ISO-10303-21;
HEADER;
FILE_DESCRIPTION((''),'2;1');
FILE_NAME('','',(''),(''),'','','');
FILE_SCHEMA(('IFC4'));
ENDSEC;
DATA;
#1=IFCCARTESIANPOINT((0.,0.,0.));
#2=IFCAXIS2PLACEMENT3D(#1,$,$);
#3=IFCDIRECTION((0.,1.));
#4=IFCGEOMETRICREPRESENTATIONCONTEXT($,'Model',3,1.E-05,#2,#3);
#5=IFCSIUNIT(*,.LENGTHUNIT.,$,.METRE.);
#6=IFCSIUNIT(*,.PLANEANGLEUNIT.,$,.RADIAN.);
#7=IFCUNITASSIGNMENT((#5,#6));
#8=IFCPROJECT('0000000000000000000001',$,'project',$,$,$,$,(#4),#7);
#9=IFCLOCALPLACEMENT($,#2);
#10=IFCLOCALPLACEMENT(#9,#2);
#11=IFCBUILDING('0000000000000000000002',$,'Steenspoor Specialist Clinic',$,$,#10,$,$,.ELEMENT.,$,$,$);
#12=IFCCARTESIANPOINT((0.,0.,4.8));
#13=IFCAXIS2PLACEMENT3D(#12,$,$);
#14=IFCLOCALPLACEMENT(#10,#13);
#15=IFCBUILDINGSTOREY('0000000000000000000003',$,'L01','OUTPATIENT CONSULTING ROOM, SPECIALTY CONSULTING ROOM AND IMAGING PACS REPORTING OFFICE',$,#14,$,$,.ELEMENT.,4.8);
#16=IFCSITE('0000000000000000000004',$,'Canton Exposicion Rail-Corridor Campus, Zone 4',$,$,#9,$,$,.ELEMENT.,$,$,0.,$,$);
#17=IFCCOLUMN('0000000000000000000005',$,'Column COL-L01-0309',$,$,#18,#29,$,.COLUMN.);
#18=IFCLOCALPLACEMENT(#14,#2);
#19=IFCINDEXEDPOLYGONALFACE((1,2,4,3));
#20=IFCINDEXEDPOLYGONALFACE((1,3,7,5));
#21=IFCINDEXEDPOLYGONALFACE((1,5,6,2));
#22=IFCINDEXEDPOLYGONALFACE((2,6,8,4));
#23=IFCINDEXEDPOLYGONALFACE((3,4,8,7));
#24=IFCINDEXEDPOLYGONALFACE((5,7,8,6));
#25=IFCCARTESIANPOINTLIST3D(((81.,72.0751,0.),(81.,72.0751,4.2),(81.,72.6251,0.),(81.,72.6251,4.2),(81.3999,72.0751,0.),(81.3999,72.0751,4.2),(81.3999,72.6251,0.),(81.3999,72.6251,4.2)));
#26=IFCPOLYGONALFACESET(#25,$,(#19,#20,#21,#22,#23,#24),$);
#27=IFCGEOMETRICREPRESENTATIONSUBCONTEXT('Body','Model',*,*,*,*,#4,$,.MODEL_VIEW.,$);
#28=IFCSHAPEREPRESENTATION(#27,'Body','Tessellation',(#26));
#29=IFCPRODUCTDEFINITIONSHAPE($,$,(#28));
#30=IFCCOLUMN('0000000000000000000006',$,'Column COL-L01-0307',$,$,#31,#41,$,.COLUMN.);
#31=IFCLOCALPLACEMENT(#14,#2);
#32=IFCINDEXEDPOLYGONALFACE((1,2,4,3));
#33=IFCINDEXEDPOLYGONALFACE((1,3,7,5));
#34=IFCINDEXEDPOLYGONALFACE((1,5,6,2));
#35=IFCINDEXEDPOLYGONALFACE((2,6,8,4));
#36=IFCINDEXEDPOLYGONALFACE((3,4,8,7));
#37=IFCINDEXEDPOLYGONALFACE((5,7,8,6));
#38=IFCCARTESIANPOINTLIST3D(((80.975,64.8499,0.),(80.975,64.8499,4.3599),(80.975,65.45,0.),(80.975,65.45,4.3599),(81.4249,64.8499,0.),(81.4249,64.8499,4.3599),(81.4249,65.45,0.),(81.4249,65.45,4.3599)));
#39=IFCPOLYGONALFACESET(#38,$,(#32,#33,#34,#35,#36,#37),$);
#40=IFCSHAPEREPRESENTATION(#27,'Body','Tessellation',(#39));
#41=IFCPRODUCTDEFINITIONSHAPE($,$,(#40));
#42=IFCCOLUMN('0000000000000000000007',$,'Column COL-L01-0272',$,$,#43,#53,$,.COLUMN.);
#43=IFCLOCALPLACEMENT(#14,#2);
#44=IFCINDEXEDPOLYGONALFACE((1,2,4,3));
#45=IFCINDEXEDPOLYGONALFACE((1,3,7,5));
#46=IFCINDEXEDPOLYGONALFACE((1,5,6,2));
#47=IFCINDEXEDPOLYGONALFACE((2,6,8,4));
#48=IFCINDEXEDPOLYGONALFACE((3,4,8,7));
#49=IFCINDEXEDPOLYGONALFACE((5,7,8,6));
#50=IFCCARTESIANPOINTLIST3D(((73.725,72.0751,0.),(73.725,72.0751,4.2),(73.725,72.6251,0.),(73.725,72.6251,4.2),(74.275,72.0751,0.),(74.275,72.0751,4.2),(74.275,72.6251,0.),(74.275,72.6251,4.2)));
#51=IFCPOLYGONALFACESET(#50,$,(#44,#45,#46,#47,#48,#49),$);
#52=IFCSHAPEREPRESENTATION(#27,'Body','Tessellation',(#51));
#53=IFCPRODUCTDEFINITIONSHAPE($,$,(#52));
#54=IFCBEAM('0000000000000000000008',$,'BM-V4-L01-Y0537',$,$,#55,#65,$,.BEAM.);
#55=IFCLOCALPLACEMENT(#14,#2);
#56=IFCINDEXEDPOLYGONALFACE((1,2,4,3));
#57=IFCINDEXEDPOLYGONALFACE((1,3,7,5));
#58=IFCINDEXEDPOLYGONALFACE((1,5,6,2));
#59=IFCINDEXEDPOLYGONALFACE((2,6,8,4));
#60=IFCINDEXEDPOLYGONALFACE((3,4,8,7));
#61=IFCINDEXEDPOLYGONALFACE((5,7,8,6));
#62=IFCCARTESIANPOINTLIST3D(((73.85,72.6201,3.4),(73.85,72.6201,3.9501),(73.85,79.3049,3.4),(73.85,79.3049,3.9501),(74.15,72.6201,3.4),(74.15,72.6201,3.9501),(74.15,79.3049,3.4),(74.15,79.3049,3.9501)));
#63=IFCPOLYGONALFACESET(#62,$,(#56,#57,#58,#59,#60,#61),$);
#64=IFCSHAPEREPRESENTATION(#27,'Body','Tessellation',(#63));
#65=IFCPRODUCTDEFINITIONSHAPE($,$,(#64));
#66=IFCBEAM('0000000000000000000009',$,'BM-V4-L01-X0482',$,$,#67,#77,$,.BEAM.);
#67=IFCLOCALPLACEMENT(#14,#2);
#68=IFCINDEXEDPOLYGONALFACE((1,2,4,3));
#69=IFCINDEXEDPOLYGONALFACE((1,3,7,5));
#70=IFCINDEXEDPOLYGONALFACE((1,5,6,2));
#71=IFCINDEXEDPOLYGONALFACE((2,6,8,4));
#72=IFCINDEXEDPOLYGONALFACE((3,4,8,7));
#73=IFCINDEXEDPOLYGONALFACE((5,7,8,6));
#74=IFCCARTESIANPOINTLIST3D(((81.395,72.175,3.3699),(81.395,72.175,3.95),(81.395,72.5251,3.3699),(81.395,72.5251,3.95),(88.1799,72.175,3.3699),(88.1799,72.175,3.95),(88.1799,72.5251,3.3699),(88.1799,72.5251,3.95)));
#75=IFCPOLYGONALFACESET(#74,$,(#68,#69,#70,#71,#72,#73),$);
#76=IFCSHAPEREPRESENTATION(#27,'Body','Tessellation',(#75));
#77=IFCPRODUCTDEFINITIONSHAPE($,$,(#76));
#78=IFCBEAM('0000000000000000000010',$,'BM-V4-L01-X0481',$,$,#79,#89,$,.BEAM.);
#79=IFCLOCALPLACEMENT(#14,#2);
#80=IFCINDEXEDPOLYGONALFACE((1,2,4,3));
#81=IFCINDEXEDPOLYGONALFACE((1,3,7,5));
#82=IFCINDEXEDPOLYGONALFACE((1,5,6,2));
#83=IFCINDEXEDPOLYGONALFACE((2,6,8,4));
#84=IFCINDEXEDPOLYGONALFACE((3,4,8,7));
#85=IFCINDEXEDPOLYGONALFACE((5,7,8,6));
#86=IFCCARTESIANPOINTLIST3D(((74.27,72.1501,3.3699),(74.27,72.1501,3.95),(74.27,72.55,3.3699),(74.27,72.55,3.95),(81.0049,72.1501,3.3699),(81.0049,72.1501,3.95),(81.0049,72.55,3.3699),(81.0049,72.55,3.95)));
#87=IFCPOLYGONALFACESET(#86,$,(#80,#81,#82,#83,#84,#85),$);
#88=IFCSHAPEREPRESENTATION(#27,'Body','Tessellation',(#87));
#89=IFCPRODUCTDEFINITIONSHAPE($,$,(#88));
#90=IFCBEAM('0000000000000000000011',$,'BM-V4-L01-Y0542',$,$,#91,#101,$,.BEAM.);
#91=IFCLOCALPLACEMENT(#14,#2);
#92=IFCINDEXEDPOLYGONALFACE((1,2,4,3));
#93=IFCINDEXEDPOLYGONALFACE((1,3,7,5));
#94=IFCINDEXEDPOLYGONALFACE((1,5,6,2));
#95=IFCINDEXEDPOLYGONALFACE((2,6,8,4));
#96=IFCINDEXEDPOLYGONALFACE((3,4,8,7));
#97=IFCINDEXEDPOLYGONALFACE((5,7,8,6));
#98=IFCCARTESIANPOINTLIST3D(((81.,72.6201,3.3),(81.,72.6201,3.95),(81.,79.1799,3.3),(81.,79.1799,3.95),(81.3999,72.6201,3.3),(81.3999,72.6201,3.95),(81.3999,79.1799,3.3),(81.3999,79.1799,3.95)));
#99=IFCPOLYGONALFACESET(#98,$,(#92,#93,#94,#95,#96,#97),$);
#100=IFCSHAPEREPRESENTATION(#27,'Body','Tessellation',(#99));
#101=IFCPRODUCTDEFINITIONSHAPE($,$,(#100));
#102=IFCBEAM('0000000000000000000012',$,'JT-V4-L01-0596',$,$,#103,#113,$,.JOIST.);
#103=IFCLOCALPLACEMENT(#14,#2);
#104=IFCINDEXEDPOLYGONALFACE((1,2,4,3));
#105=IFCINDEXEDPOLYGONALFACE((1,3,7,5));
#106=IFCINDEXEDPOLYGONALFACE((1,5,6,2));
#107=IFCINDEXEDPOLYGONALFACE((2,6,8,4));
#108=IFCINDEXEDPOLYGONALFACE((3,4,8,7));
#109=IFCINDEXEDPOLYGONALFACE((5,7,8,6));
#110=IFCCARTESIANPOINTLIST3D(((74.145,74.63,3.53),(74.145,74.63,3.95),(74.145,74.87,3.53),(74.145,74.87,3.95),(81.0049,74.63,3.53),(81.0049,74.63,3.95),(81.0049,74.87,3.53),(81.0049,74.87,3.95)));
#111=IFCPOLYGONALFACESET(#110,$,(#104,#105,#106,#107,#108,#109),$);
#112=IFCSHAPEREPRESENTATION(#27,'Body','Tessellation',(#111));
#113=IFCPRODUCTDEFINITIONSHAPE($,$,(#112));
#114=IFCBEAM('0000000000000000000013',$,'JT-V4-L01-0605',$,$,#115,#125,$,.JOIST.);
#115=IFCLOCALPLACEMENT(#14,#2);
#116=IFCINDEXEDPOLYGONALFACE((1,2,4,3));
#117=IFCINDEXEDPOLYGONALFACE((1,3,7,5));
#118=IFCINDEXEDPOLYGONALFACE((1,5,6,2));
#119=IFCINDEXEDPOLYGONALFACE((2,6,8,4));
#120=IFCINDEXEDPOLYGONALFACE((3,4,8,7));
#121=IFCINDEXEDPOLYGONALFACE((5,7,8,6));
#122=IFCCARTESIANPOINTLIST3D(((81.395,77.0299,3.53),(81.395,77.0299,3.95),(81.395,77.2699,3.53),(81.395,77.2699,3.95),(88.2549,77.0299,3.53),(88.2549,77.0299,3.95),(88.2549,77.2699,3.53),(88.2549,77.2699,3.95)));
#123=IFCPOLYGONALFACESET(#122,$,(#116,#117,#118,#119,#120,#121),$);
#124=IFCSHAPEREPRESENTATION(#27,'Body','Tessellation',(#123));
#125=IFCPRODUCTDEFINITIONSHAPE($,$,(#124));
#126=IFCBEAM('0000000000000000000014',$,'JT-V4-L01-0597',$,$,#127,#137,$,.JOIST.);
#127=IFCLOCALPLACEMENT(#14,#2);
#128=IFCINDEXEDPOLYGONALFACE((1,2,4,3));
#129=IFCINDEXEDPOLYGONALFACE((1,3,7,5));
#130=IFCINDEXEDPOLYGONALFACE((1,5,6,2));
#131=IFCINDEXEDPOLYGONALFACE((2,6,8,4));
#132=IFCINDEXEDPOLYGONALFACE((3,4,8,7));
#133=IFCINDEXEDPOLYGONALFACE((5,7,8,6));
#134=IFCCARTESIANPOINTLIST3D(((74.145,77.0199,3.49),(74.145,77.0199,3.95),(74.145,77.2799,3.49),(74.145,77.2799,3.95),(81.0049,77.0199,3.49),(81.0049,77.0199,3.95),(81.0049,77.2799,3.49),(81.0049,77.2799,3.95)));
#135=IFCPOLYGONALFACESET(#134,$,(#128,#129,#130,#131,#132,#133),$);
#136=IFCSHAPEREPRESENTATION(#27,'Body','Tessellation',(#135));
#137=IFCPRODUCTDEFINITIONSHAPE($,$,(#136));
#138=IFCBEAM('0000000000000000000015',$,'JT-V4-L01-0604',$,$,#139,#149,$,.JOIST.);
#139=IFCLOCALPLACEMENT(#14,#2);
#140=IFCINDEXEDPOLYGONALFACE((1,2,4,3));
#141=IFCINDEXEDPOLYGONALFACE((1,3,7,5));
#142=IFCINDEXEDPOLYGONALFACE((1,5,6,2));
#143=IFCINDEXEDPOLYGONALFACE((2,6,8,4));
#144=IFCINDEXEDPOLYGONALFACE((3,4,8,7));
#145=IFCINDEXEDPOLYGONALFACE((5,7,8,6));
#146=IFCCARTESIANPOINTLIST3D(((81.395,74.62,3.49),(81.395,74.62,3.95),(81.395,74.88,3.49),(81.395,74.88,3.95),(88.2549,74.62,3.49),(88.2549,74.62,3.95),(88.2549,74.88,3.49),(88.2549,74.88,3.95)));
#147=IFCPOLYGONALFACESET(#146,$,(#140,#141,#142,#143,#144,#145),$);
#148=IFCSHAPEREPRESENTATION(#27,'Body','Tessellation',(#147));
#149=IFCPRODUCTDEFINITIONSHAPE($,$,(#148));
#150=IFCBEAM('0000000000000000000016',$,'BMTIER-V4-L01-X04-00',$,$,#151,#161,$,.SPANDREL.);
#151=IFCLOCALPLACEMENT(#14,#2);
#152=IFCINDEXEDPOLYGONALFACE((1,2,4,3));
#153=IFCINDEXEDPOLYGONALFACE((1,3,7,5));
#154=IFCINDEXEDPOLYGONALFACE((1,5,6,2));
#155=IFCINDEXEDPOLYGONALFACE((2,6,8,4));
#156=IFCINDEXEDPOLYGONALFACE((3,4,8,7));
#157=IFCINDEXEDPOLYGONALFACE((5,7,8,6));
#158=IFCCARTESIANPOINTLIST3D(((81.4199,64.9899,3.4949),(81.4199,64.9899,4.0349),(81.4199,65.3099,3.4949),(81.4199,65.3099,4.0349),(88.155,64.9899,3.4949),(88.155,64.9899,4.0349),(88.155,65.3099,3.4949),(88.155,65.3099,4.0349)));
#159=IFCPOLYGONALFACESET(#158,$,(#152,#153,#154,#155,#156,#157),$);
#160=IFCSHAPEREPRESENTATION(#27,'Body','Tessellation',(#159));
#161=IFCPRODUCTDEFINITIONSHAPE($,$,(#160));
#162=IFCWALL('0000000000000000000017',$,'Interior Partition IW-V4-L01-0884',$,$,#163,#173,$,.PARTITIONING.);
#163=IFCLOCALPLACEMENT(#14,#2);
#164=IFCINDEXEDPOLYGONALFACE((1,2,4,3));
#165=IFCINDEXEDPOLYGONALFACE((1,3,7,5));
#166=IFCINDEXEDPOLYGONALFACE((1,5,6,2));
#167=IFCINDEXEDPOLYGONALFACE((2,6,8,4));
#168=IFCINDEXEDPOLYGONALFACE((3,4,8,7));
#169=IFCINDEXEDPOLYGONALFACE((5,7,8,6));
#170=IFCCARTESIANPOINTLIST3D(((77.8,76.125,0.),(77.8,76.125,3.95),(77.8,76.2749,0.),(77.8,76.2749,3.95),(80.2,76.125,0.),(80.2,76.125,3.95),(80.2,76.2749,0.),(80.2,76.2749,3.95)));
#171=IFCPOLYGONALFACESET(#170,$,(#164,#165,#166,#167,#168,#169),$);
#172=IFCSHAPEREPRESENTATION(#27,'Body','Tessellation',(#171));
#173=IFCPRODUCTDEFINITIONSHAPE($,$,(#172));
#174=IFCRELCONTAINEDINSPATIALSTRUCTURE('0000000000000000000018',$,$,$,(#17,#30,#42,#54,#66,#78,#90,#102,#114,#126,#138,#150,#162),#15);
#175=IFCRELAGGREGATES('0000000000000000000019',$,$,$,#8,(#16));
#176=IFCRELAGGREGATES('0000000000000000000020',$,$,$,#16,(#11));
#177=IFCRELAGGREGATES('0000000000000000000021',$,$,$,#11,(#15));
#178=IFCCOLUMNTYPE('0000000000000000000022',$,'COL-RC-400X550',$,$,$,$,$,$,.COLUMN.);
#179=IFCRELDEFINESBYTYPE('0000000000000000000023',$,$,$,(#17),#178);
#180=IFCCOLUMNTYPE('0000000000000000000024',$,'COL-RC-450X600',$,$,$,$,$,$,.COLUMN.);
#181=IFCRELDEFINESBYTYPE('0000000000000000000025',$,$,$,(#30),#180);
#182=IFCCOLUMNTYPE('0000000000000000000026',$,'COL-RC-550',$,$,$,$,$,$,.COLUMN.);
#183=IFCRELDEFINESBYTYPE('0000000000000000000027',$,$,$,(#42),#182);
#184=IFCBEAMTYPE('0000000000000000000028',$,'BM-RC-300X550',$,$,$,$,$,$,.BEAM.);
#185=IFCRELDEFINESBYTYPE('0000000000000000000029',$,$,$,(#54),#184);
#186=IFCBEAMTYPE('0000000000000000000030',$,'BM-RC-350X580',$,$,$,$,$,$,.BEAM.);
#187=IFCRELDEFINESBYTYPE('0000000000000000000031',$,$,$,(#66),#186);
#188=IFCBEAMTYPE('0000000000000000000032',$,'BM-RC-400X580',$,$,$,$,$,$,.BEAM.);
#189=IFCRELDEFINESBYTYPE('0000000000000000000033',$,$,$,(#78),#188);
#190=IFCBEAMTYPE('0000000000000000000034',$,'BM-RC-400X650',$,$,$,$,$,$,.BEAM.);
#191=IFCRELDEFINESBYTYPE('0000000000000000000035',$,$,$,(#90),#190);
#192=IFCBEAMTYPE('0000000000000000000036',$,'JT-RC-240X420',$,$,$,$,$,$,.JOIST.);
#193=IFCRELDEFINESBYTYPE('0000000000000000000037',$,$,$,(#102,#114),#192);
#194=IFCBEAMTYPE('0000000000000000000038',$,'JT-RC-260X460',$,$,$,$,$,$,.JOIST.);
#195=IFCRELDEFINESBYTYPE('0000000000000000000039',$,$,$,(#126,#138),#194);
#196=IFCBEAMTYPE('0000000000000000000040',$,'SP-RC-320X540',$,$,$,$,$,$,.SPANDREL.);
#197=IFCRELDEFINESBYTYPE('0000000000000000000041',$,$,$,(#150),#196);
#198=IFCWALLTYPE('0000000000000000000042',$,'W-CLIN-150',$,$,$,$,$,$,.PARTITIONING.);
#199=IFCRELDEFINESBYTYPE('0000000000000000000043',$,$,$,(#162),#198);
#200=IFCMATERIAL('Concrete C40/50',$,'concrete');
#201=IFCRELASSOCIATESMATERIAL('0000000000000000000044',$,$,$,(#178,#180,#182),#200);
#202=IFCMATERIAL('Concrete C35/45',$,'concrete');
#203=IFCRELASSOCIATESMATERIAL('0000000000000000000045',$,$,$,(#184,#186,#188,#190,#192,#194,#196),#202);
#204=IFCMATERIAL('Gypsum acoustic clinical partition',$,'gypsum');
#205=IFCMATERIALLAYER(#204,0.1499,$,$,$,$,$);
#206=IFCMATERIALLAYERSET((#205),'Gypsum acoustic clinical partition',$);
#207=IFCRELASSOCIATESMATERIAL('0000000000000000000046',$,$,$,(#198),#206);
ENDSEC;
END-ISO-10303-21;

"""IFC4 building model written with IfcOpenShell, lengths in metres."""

from ifc_helpers import new_model, si_unit, direction, frame, frame_2d, origin, origin_2d, place, context, subcontext, project, spatial, rectangle, extrude, material, layer, layer_set, material_profile, profile_set, type_object, element, save


model = new_model("IFC4")

# Units and contexts
model_context = context("Model", 3, precision=1e-05, world=origin(), true_north=direction((0.0, 1.0)))
body_context = subcontext(model_context, "Body", "Model", "MODEL_VIEW")
ifc_project = project(units=[si_unit("LENGTHUNIT", "METRE"), si_unit("PLANEANGLEUNIT", "RADIAN")], contexts=[model_context])

# Site, building, storey
site_placement = place(None, origin())
site = spatial("IfcSite", under=ifc_project, at=site_placement, Name="Canton Exposicion Rail-Corridor Campus, Zone 4", CompositionType="ELEMENT", RefElevation=0.0)
building_placement = place(site_placement, origin())
building = spatial("IfcBuilding", under=site, at=building_placement, Name="Steenspoor Specialist Clinic", CompositionType="ELEMENT")
storey_placement = place(building_placement, frame((0.0, 0.0, 4.8)))
storey = spatial("IfcBuildingStorey", under=building, at=storey_placement, Name="L01", Description="OUTPATIENT CONSULTING ROOM, SPECIALTY CONSULTING ROOM AND IMAGING PACS REPORTING OFFICE", CompositionType="ELEMENT", Elevation=4.8)

# Columns
ifc_material_1 = material(Name="Concrete C40/50", Category="concrete")
ifc_material_profile_1 = material_profile(ifc_material_1, rectangle(XDim=0.3999, YDim=0.55, at=origin_2d()), Name="RC-COL-400X550")
ifc_profile_set_1 = profile_set([ifc_material_profile_1], Name="Concrete C40/50")
column_type_1 = type_object("IfcColumnType", Name="COL-RC-400X550", PredefinedType="COLUMN", material=ifc_profile_set_1)
column_1_placement = place(storey_placement, frame((81.2, 72.3501, 0.0), z_axis=(0.0, 0.0, 1.0), x_axis=(1.0, 0.0, 0.0)))
element("IfcColumn", 1, at=column_1_placement, inside=storey, type_object=column_type_1, Name="Column COL-L01-0309", PredefinedType="COLUMN", context=body_context, shape_type="SweptSolid", body=[
    extrude(rectangle(XDim=0.3999, YDim=0.55, at=origin_2d()), origin(), (0.0, 0.0, 1.0), 4.2),
])
ifc_material_profile_2 = material_profile(ifc_material_1, rectangle(XDim=0.45, YDim=0.6001, at=origin_2d()), Name="RC-COL-450X600")
ifc_profile_set_2 = profile_set([ifc_material_profile_2], Name="Concrete C40/50")
column_type_2 = type_object("IfcColumnType", Name="COL-RC-450X600", PredefinedType="COLUMN", material=ifc_profile_set_2)
column_2_placement = place(storey_placement, frame((81.2, 65.1499, 0.0), z_axis=(0.0, 0.0, 1.0), x_axis=(1.0, 0.0, 0.0)))
element("IfcColumn", 2, at=column_2_placement, inside=storey, type_object=column_type_2, Name="Column COL-L01-0307", PredefinedType="COLUMN", context=body_context, shape_type="SweptSolid", body=[
    extrude(rectangle(XDim=0.45, YDim=0.6001, at=origin_2d()), origin(), (0.0, 0.0, 1.0), 4.3599),
])
ifc_material_profile_3 = material_profile(ifc_material_1, rectangle(XDim=0.55, YDim=0.55, at=origin_2d()), Name="RC-COL-550X550")
ifc_profile_set_3 = profile_set([ifc_material_profile_3], Name="Concrete C40/50")
column_type_3 = type_object("IfcColumnType", Name="COL-RC-550", PredefinedType="COLUMN", material=ifc_profile_set_3)
column_3_placement = place(storey_placement, frame((74.0, 72.3501, 0.0), z_axis=(0.0, 0.0, 1.0), x_axis=(1.0, 0.0, 0.0)))
element("IfcColumn", 3, at=column_3_placement, inside=storey, type_object=column_type_3, Name="Column COL-L01-0272", PredefinedType="COLUMN", context=body_context, shape_type="SweptSolid", body=[
    extrude(rectangle(XDim=0.55, YDim=0.55, at=origin_2d()), origin(), (0.0, 0.0, 1.0), 4.2),
])

# Beams
ifc_material_2 = material(Name="Concrete C35/45", Category="concrete")
ifc_material_profile_4 = material_profile(ifc_material_2, rectangle(XDim=0.3, YDim=0.55, at=origin_2d()), Name="RC-BM-300X550")
ifc_profile_set_4 = profile_set([ifc_material_profile_4], Name="Concrete C35/45")
beam_type_1 = type_object("IfcBeamType", Name="BM-RC-300X550", PredefinedType="BEAM", material=ifc_profile_set_4)
beam_1_placement = place(storey_placement, frame((74.0, 72.6201, 3.675), z_axis=(0.0, 1.0, 0.0), x_axis=(-1.0, 0.0, 0.0)))
element("IfcBeam", 4, at=beam_1_placement, inside=storey, type_object=beam_type_1, Name="BM-V4-L01-Y0537", PredefinedType="BEAM", context=body_context, shape_type="SweptSolid", body=[
    extrude(rectangle(XDim=0.3, YDim=0.55, at=origin_2d()), origin(), (0.0, 0.0, 1.0), 6.6848),
])
ifc_material_profile_5 = material_profile(ifc_material_2, rectangle(XDim=0.3501, YDim=0.5801, at=origin_2d()), Name="RC-BM-350X580")
ifc_profile_set_5 = profile_set([ifc_material_profile_5], Name="Concrete C35/45")
beam_type_2 = type_object("IfcBeamType", Name="BM-RC-350X580", PredefinedType="BEAM", material=ifc_profile_set_5)
beam_2_placement = place(storey_placement, frame((81.395, 72.3501, 3.6599), z_axis=(1.0, 0.0, 0.0), x_axis=(0.0, 1.0, 0.0)))
element("IfcBeam", 5, at=beam_2_placement, inside=storey, type_object=beam_type_2, Name="BM-V4-L01-X0482", PredefinedType="BEAM", context=body_context, shape_type="SweptSolid", body=[
    extrude(rectangle(XDim=0.3501, YDim=0.5801, at=origin_2d()), origin(), (0.0, 0.0, 1.0), 6.7849),
])
ifc_material_profile_6 = material_profile(ifc_material_2, rectangle(XDim=0.3999, YDim=0.5801, at=origin_2d()), Name="RC-BM-400X580")
ifc_profile_set_6 = profile_set([ifc_material_profile_6], Name="Concrete C35/45")
beam_type_3 = type_object("IfcBeamType", Name="BM-RC-400X580", PredefinedType="BEAM", material=ifc_profile_set_6)
beam_3_placement = place(storey_placement, frame((74.27, 72.3501, 3.6599), z_axis=(1.0, 0.0, 0.0), x_axis=(0.0, 1.0, 0.0)))
element("IfcBeam", 6, at=beam_3_placement, inside=storey, type_object=beam_type_3, Name="BM-V4-L01-X0481", PredefinedType="BEAM", context=body_context, shape_type="SweptSolid", body=[
    extrude(rectangle(XDim=0.3999, YDim=0.5801, at=origin_2d()), origin(), (0.0, 0.0, 1.0), 6.7349),
])
ifc_material_profile_7 = material_profile(ifc_material_2, rectangle(XDim=0.3999, YDim=0.6499, at=origin_2d()), Name="RC-BM-400X650")
ifc_profile_set_7 = profile_set([ifc_material_profile_7], Name="Concrete C35/45")
beam_type_4 = type_object("IfcBeamType", Name="BM-RC-400X650", PredefinedType="BEAM", material=ifc_profile_set_7)
beam_4_placement = place(storey_placement, frame((81.2, 72.6201, 3.625), z_axis=(0.0, 1.0, 0.0), x_axis=(-1.0, 0.0, 0.0)))
element("IfcBeam", 7, at=beam_4_placement, inside=storey, type_object=beam_type_4, Name="BM-V4-L01-Y0542", PredefinedType="BEAM", context=body_context, shape_type="SweptSolid", body=[
    extrude(rectangle(XDim=0.3999, YDim=0.6499, at=origin_2d()), origin(), (0.0, 0.0, 1.0), 6.5598),
])
ifc_material_profile_8 = material_profile(ifc_material_2, rectangle(XDim=0.24, YDim=0.4199, at=origin_2d()), Name="RC-JT-240X420")
ifc_profile_set_8 = profile_set([ifc_material_profile_8], Name="Concrete C35/45")
beam_type_5 = type_object("IfcBeamType", Name="JT-RC-240X420", PredefinedType="JOIST", material=ifc_profile_set_8)
for number, where, z_axis, x_axis, name in (
    (8, (74.145, 74.75, 3.74), (1.0, 0.0, 0.0), (0.0, 1.0, 0.0), "JT-V4-L01-0596"),
    (9, (81.395, 77.1499, 3.74), (1.0, 0.0, 0.0), (0.0, 1.0, 0.0), "JT-V4-L01-0605"),
):
    element("IfcBeam", number, at=place(storey_placement, frame(where, z_axis=z_axis, x_axis=x_axis)), inside=storey, type_object=beam_type_5, Name=name, PredefinedType="JOIST", context=body_context, shape_type="SweptSolid", body=[
        extrude(rectangle(XDim=0.24, YDim=0.4199, at=origin_2d()), origin(), (0.0, 0.0, 1.0), 6.8599),
    ])
ifc_material_profile_9 = material_profile(ifc_material_2, rectangle(XDim=0.26, YDim=0.46, at=origin_2d()), Name="RC-JT-260X460")
ifc_profile_set_9 = profile_set([ifc_material_profile_9], Name="Concrete C35/45")
beam_type_6 = type_object("IfcBeamType", Name="JT-RC-260X460", PredefinedType="JOIST", material=ifc_profile_set_9)
for number, where, z_axis, x_axis, name in (
    (10, (74.145, 77.1499, 3.72), (1.0, 0.0, 0.0), (0.0, 1.0, 0.0), "JT-V4-L01-0597"),
    (11, (81.395, 74.75, 3.72), (1.0, 0.0, 0.0), (0.0, 1.0, 0.0), "JT-V4-L01-0604"),
):
    element("IfcBeam", number, at=place(storey_placement, frame(where, z_axis=z_axis, x_axis=x_axis)), inside=storey, type_object=beam_type_6, Name=name, PredefinedType="JOIST", context=body_context, shape_type="SweptSolid", body=[
        extrude(rectangle(XDim=0.26, YDim=0.46, at=origin_2d()), origin(), (0.0, 0.0, 1.0), 6.8599),
    ])
ifc_material_profile_10 = material_profile(ifc_material_2, rectangle(XDim=0.3201, YDim=0.54, at=origin_2d()), Name="RC-SP-320X540")
ifc_profile_set_10 = profile_set([ifc_material_profile_10], Name="Concrete C35/45")
beam_type_7 = type_object("IfcBeamType", Name="SP-RC-320X540", PredefinedType="SPANDREL", material=ifc_profile_set_10)
beam_5_placement = place(storey_placement, frame((81.4199, 65.1499, 3.7649), z_axis=(1.0, 0.0, 0.0), x_axis=(0.0, 1.0, 0.0)))
element("IfcBeam", 12, at=beam_5_placement, inside=storey, type_object=beam_type_7, Name="BMTIER-V4-L01-X04-00", PredefinedType="SPANDREL", context=body_context, shape_type="SweptSolid", body=[
    extrude(rectangle(XDim=0.3201, YDim=0.54, at=origin_2d()), origin(), (0.0, 0.0, 1.0), 6.7351),
])

# Shared definitions
ifc_material_3 = material(Name="Gypsum acoustic clinical partition", Category="gypsum")
ifc_layer_1 = layer(ifc_material_3, 0.1499)
ifc_layer_set_1 = layer_set([ifc_layer_1], Name="Gypsum acoustic clinical partition")
wall_type_1 = type_object("IfcWallType", Name="W-CLIN-150", PredefinedType="PARTITIONING", material=ifc_layer_set_1)

# Wall
wall_1_placement = place(storey_placement, frame((77.8, 76.2, 0.0), z_axis=(0.0, 0.0, 1.0), x_axis=(1.0, 0.0, 0.0)))
element("IfcWall", 13, at=wall_1_placement, inside=storey, type_object=wall_type_1, Name="Interior Partition IW-V4-L01-0884", PredefinedType="PARTITIONING", context=body_context, shape_type="SweptSolid", body=[
    extrude(rectangle(XDim=2.3999, YDim=0.1499, at=frame_2d((1.2, 0.0))), origin(), (0.0, 0.0, 1.0), 3.95),
])

save(model, "model.ifc")
